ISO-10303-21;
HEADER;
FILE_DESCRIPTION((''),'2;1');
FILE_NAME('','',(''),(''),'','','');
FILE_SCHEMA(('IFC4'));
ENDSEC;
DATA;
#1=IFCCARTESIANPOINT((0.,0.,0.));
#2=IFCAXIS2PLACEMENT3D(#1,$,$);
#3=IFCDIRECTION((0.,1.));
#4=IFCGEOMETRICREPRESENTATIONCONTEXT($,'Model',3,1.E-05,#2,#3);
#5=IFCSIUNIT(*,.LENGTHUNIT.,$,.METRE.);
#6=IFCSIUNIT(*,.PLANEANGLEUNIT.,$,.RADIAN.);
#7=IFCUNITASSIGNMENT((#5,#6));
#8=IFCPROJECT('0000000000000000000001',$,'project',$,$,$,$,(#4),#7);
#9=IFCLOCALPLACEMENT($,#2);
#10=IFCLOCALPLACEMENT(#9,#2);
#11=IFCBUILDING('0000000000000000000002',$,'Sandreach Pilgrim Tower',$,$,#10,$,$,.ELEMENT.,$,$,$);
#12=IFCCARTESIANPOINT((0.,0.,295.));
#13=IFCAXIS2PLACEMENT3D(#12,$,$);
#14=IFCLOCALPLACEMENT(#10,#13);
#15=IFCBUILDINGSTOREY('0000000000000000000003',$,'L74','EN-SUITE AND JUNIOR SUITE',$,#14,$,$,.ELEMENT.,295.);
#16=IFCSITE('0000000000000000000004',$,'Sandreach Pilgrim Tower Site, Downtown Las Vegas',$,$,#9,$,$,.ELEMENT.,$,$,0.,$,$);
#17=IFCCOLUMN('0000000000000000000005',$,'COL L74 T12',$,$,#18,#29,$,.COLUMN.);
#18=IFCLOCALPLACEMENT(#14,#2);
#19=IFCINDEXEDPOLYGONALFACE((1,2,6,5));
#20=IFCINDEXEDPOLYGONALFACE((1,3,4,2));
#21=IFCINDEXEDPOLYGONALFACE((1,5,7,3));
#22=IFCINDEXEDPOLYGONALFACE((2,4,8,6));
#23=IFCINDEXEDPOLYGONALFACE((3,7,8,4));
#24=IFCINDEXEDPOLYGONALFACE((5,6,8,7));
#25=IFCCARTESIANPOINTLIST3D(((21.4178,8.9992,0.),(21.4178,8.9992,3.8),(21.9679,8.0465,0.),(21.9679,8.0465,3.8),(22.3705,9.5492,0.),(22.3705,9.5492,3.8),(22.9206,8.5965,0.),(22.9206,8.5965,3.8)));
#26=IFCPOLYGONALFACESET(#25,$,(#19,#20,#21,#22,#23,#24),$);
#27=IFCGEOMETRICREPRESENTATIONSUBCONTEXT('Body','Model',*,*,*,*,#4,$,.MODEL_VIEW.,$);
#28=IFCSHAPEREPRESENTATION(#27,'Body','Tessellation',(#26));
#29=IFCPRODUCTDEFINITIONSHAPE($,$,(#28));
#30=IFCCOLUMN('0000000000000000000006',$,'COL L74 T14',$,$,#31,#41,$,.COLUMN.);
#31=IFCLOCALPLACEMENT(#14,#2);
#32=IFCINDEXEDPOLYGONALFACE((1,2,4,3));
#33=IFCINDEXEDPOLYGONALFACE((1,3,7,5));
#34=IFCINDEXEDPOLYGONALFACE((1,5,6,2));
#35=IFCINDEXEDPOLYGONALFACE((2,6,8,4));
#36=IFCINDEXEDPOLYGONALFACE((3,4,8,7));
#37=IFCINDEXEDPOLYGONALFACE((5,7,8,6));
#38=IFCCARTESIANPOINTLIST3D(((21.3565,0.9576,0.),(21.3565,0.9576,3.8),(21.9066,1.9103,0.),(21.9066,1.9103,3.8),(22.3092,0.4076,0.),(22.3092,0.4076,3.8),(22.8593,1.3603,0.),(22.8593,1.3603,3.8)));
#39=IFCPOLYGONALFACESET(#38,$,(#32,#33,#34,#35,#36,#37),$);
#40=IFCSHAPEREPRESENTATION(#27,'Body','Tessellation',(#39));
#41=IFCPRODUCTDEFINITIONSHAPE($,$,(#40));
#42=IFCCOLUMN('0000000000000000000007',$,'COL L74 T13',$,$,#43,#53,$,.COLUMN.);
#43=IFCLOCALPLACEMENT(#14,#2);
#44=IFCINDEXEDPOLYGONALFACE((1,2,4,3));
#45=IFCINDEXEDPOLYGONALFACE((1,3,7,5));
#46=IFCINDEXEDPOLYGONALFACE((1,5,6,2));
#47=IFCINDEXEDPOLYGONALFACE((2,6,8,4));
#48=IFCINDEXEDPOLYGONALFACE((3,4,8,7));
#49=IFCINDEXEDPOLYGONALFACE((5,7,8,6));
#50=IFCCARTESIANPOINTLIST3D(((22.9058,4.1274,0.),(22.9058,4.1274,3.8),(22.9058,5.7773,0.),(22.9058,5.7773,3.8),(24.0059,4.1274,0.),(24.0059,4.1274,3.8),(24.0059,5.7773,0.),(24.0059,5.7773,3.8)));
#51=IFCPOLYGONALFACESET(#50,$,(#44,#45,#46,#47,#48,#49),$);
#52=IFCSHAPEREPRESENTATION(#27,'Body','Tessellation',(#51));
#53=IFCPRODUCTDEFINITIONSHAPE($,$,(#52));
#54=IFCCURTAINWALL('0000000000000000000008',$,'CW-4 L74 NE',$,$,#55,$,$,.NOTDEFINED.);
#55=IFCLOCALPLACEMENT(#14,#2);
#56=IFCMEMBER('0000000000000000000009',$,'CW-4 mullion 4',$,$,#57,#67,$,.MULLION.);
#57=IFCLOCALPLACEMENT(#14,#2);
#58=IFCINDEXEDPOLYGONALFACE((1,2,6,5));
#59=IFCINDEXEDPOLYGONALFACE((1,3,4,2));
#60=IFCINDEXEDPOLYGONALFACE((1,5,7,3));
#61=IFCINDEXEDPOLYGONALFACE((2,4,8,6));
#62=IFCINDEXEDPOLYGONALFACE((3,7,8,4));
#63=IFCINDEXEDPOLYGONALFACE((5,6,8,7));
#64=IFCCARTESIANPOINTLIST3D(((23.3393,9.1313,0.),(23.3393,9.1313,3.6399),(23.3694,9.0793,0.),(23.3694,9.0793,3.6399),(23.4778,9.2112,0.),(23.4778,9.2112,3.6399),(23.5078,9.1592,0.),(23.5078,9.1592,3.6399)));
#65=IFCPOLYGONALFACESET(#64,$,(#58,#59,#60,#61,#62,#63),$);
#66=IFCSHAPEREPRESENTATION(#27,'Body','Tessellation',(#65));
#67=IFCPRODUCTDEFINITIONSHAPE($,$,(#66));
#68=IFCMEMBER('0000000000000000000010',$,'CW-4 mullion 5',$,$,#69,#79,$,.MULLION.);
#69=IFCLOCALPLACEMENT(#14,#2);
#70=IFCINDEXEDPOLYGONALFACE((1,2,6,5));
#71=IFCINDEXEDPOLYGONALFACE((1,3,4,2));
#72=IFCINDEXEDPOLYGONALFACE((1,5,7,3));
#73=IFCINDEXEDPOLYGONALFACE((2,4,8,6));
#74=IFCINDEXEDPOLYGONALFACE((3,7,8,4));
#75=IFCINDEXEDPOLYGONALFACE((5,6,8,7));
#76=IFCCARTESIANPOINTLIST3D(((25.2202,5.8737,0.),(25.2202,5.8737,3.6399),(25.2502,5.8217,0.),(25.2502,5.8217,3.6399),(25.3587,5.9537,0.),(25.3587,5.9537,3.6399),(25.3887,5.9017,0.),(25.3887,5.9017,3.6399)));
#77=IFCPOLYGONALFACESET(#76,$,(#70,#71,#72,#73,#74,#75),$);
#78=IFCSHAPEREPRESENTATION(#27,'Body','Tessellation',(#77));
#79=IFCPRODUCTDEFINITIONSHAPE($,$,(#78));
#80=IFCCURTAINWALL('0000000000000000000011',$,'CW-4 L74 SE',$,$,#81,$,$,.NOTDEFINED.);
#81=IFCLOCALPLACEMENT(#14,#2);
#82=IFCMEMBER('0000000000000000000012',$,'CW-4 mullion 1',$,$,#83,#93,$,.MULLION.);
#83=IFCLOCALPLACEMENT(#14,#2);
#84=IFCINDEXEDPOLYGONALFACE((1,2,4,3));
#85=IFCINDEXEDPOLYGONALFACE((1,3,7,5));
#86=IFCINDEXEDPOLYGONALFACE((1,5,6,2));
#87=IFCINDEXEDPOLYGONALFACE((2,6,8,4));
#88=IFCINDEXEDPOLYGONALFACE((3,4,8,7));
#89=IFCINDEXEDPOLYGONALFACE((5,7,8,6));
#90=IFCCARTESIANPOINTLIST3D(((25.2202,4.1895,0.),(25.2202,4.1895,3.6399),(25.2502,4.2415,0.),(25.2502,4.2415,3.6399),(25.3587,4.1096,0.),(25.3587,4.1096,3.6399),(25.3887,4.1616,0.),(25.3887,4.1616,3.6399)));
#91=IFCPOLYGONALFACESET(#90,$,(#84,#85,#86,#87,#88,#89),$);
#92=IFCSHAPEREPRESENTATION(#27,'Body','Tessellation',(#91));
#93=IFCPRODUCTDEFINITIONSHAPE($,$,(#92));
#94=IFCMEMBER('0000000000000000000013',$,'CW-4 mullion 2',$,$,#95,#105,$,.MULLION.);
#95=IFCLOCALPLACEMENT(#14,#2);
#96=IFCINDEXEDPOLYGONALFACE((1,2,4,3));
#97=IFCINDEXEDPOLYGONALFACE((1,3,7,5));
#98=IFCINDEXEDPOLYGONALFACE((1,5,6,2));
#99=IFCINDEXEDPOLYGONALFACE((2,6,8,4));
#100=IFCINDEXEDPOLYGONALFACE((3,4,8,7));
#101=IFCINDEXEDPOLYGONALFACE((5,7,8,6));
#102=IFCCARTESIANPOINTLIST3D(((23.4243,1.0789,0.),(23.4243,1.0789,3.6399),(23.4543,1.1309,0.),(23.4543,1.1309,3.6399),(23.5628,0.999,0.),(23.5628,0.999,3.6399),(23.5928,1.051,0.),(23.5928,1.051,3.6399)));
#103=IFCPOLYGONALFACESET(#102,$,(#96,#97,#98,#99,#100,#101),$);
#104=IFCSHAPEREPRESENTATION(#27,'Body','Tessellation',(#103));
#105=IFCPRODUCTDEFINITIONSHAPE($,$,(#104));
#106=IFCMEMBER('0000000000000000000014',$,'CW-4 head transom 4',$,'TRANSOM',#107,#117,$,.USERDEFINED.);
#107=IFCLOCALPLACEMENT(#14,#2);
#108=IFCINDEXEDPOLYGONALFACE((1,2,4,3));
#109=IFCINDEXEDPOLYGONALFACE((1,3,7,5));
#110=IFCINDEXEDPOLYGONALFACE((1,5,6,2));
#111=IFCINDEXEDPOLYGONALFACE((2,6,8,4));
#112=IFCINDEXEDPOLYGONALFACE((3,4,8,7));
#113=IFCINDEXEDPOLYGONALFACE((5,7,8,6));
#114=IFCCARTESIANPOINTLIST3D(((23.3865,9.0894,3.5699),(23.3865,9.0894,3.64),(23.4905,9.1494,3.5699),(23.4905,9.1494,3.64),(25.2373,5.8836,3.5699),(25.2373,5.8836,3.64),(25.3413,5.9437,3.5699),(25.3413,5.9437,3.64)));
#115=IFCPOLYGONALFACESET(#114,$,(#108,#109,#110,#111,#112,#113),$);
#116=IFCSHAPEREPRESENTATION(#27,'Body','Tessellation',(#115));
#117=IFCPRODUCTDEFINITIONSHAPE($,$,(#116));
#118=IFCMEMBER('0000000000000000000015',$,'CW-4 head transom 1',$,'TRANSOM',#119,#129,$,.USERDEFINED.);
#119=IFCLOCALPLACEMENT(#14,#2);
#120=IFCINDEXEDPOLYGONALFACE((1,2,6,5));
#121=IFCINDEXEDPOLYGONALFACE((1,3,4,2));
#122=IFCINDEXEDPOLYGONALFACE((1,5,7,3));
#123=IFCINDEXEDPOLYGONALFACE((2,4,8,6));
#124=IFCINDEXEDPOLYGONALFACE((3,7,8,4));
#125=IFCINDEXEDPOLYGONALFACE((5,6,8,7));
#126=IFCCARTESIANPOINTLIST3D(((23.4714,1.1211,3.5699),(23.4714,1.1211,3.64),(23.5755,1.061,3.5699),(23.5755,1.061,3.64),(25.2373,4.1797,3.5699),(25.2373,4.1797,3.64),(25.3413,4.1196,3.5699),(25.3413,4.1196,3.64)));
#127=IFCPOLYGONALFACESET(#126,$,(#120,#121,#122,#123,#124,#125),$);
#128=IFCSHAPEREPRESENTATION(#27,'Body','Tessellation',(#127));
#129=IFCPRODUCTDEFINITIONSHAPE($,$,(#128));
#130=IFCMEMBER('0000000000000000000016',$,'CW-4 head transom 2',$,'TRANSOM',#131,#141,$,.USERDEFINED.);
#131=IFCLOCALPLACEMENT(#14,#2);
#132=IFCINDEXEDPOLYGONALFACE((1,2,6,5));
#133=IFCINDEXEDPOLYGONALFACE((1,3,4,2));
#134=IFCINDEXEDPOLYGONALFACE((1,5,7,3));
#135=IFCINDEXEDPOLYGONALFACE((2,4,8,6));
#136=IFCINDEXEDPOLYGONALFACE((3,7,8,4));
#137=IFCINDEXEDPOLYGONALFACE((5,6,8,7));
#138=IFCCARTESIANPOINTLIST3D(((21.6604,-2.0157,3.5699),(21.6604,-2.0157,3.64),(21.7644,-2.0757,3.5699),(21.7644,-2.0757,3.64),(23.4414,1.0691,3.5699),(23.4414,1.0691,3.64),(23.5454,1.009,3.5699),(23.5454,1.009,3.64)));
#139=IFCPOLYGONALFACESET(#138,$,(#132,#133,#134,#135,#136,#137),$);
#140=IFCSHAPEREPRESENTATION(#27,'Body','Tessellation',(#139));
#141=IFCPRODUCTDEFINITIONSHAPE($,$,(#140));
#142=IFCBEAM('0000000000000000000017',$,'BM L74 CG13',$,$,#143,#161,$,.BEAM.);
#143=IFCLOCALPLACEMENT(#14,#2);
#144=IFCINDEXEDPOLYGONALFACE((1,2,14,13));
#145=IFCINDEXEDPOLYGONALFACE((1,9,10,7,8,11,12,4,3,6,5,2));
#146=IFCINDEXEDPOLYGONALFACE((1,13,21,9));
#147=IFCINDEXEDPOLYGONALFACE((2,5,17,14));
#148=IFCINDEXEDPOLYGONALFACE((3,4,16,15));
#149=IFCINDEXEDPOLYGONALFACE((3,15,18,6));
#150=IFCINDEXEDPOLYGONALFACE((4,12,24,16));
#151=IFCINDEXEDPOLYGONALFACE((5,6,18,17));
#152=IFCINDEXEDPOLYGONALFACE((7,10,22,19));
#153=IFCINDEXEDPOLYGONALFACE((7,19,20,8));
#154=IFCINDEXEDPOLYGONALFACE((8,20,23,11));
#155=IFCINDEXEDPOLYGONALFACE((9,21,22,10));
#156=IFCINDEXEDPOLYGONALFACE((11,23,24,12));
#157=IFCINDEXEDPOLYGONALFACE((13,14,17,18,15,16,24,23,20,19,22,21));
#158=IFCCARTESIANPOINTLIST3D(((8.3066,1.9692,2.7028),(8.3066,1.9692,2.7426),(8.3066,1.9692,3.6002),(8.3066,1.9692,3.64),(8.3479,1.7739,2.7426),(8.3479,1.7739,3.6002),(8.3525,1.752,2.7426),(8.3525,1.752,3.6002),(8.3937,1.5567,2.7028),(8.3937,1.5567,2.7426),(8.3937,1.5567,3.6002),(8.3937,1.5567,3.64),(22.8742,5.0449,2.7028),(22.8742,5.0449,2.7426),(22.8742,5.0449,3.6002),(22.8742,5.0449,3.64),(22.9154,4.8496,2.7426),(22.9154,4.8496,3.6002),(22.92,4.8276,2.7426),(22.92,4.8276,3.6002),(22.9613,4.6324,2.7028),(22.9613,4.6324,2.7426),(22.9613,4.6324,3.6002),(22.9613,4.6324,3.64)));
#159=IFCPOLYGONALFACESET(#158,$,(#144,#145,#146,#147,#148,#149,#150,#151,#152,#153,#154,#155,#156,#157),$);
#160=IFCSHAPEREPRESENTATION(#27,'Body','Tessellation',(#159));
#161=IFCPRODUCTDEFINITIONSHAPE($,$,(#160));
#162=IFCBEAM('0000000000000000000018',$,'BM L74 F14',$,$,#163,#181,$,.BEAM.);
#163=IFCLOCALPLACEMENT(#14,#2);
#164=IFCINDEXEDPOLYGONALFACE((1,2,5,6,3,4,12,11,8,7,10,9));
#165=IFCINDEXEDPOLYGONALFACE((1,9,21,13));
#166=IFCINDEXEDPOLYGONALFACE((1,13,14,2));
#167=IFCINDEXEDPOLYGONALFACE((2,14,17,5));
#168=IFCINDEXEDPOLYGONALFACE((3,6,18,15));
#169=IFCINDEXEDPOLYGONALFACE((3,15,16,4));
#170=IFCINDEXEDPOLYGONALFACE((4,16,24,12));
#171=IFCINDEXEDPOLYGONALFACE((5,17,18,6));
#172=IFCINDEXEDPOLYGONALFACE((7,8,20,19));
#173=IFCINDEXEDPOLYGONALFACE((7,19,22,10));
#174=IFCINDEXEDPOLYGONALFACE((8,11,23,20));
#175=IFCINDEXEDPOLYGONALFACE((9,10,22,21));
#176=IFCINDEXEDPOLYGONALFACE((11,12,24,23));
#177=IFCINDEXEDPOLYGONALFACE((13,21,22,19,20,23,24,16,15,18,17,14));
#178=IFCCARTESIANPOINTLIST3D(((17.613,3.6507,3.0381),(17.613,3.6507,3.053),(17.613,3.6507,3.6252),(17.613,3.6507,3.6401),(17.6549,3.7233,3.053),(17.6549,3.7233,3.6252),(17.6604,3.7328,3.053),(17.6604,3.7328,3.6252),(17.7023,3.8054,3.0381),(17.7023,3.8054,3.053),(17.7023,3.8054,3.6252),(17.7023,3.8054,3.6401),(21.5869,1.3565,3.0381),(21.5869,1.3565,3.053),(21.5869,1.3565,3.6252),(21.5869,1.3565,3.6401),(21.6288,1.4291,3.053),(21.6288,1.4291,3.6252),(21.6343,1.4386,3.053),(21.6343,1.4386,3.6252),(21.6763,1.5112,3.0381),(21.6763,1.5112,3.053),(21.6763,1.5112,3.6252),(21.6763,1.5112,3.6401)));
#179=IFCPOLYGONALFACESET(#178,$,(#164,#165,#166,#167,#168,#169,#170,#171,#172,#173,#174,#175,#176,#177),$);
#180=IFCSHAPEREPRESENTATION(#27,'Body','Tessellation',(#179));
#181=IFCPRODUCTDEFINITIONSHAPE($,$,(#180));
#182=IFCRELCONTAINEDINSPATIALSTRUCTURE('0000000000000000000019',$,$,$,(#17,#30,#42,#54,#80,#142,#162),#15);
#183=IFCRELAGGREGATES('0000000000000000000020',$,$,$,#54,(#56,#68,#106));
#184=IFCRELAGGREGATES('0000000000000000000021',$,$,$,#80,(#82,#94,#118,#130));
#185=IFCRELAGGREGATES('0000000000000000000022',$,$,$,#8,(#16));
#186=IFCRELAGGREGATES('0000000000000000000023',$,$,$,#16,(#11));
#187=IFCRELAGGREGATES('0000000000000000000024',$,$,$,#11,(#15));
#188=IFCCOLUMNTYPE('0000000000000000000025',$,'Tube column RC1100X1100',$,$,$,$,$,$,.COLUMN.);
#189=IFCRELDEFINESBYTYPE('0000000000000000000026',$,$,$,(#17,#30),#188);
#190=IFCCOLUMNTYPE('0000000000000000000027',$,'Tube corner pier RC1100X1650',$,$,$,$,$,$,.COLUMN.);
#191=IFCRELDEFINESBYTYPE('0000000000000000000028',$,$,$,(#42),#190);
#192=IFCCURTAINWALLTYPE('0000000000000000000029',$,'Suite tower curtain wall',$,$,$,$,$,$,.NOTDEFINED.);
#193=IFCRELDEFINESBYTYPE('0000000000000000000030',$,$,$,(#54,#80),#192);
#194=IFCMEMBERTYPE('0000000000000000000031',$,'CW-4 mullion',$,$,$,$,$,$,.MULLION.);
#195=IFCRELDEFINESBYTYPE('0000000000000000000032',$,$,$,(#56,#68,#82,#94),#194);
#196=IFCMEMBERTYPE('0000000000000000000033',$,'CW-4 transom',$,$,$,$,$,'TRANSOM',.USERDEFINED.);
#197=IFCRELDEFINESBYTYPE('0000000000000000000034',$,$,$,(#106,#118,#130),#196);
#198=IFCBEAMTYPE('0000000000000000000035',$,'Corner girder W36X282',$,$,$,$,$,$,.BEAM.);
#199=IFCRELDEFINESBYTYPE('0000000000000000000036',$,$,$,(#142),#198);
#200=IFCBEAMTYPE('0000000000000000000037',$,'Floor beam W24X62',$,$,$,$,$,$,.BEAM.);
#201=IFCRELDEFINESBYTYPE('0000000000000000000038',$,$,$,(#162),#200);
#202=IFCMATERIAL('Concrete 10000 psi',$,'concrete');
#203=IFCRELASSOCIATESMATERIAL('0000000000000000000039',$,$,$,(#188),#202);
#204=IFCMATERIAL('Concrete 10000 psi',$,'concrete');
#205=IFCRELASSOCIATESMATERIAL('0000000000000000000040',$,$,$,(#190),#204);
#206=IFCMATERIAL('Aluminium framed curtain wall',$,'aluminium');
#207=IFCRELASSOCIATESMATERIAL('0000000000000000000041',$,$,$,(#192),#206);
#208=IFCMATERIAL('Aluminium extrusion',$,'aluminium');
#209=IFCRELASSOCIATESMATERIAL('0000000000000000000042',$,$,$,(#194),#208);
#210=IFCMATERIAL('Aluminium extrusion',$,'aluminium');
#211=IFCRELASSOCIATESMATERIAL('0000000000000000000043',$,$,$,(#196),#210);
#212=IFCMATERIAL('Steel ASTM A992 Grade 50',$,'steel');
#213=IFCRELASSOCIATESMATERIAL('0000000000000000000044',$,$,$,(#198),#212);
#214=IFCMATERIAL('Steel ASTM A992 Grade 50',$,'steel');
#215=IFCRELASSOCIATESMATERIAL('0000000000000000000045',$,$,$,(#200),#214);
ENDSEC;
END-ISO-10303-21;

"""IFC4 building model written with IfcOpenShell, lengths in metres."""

from ifc_helpers import new_model, si_unit, direction, frame, origin, origin_2d, place, context, subcontext, project, spatial, rectangle, i_section, extrude, material, material_profile, profile_set, type_object, element, aggregate, save


model = new_model("IFC4")

# Units and contexts
model_context = context("Model", 3, precision=1e-05, world=origin(), true_north=direction((0.0, 1.0)))
body_context = subcontext(model_context, "Body", "Model", "MODEL_VIEW")
ifc_project = project(units=[si_unit("LENGTHUNIT", "METRE"), si_unit("PLANEANGLEUNIT", "RADIAN")], contexts=[model_context])

# Site, building, storey
site_placement = place(None, origin())
site = spatial("IfcSite", under=ifc_project, at=site_placement, Name="Sandreach Pilgrim Tower Site, Downtown Las Vegas", CompositionType="ELEMENT", RefElevation=0.0)
building_placement = place(site_placement, origin())
building = spatial("IfcBuilding", under=site, at=building_placement, Name="Sandreach Pilgrim Tower", CompositionType="ELEMENT")
storey_placement = place(building_placement, frame((0.0, 0.0, 295.0)))
storey = spatial("IfcBuildingStorey", under=building, at=storey_placement, Name="L74", Description="EN-SUITE AND JUNIOR SUITE", CompositionType="ELEMENT", Elevation=295.0)

# Columns
ifc_material_1 = material(Name="Concrete 10000 psi", Category="concrete")
ifc_material_profile_1 = material_profile(ifc_material_1, rectangle(XDim=1.1001, YDim=1.1001, at=origin_2d()), Name="RC1100X1100")
ifc_profile_set_1 = profile_set([ifc_material_profile_1], Name="Concrete 10000 psi")
column_type_1 = type_object("IfcColumnType", Name="Tube column RC1100X1100", PredefinedType="COLUMN", material=ifc_profile_set_1)
for number, where, z_axis, x_axis, name in (
    (1, (22.1692, 8.7979, 0.0), (0.0, 0.0, 1.0), (0.866025, 0.5, 0.0), "COL L74 T12"),
    (2, (22.1079, 1.1589, 0.0), (0.0, 0.0, 1.0), (0.866025, -0.5, 0.0), "COL L74 T14"),
):
    element("IfcColumn", number, at=place(storey_placement, frame(where, z_axis=z_axis, x_axis=x_axis)), inside=storey, type_object=column_type_1, Name=name, PredefinedType="COLUMN", context=body_context, shape_type="SweptSolid", body=[
        extrude(rectangle(XDim=1.1001, YDim=1.1001, at=origin_2d()), origin(), (0.0, 0.0, 1.0), 3.8),
    ])
ifc_material_2 = material(Name="Concrete 10000 psi", Category="concrete")
ifc_material_profile_2 = material_profile(ifc_material_2, rectangle(XDim=1.1001, YDim=1.6499, at=origin_2d()), Name="RC1100X1650")
ifc_profile_set_2 = profile_set([ifc_material_profile_2], Name="Concrete 10000 psi")
column_type_2 = type_object("IfcColumnType", Name="Tube corner pier RC1100X1650", PredefinedType="COLUMN", material=ifc_profile_set_2)
column_placement = place(storey_placement, frame((23.4558, 4.9524, 0.0), z_axis=(0.0, 0.0, 1.0), x_axis=(1.0, 0.0, 0.0)))
element("IfcColumn", 3, at=column_placement, inside=storey, type_object=column_type_2, Name="COL L74 T13", PredefinedType="COLUMN", context=body_context, shape_type="SweptSolid", body=[
    extrude(rectangle(XDim=1.1001, YDim=1.6499, at=origin_2d()), origin(), (0.0, 0.0, 1.0), 3.8),
])

# Curtain walls, members
ifc_material_3 = material(Name="Aluminium framed curtain wall", Category="aluminium")
curtain_wall_type = type_object("IfcCurtainWallType", Name="Suite tower curtain wall", PredefinedType="NOTDEFINED", material=ifc_material_3)
curtain_wall_1_placement = place(storey_placement, origin())
curtain_wall_1 = element("IfcCurtainWall", 4, at=curtain_wall_1_placement, inside=storey, type_object=curtain_wall_type, Name="CW-4 L74 NE", PredefinedType="NOTDEFINED")
ifc_material_4 = material(Name="Aluminium extrusion", Category="aluminium")
ifc_material_profile_3 = material_profile(ifc_material_4, rectangle(XDim=0.0601, YDim=0.1599, at=origin_2d()), Name="CW-4M 60X160")
ifc_profile_set_3 = profile_set([ifc_material_profile_3], Name="Aluminium extrusion")
member_type_1 = type_object("IfcMemberType", Name="CW-4 mullion", PredefinedType="MULLION", material=ifc_profile_set_3)
member_1_placement = place(storey_placement, frame((23.4236, 9.1453, 0.0), z_axis=(0.0, 0.0, 1.0), x_axis=(0.5, -0.866025, 0.0)))
member_1 = element("IfcMember", 5, at=member_1_placement, type_object=member_type_1, Name="CW-4 mullion 4", PredefinedType="MULLION", context=body_context, shape_type="SweptSolid", body=[
    extrude(rectangle(XDim=0.0601, YDim=0.1599, at=origin_2d()), origin(), (0.0, 0.0, 1.0), 3.6399),
])
member_2_placement = place(storey_placement, frame((25.3044, 5.8877, 0.0), z_axis=(0.0, 0.0, 1.0), x_axis=(0.5, -0.866025, 0.0)))
member_2 = element("IfcMember", 6, at=member_2_placement, type_object=member_type_1, Name="CW-4 mullion 5", PredefinedType="MULLION", context=body_context, shape_type="SweptSolid", body=[
    extrude(rectangle(XDim=0.0601, YDim=0.1599, at=origin_2d()), origin(), (0.0, 0.0, 1.0), 3.6399),
])
curtain_wall_2_placement = place(storey_placement, origin())
curtain_wall_2 = element("IfcCurtainWall", 7, at=curtain_wall_2_placement, inside=storey, type_object=curtain_wall_type, Name="CW-4 L74 SE", PredefinedType="NOTDEFINED")
member_3_placement = place(storey_placement, frame((25.3044, 4.1755, 0.0), z_axis=(0.0, 0.0, 1.0), x_axis=(-0.5, -0.866025, 0.0)))
member_3 = element("IfcMember", 8, at=member_3_placement, type_object=member_type_1, Name="CW-4 mullion 1", PredefinedType="MULLION", context=body_context, shape_type="SweptSolid", body=[
    extrude(rectangle(XDim=0.0601, YDim=0.1599, at=origin_2d()), origin(), (0.0, 0.0, 1.0), 3.6399),
])
member_4_placement = place(storey_placement, frame((23.5085, 1.0649, 0.0), z_axis=(0.0, 0.0, 1.0), x_axis=(-0.5, -0.866025, 0.0)))
member_4 = element("IfcMember", 9, at=member_4_placement, type_object=member_type_1, Name="CW-4 mullion 2", PredefinedType="MULLION", context=body_context, shape_type="SweptSolid", body=[
    extrude(rectangle(XDim=0.0601, YDim=0.1599, at=origin_2d()), origin(), (0.0, 0.0, 1.0), 3.6399),
])

# Members
ifc_material_5 = material(Name="Aluminium extrusion", Category="aluminium")
ifc_material_profile_4 = material_profile(ifc_material_5, rectangle(XDim=0.1201, YDim=0.0701, at=origin_2d()), Name="CW-4T 120X70")
ifc_profile_set_4 = profile_set([ifc_material_profile_4], Name="Aluminium extrusion")
member_type_2 = type_object("IfcMemberType", Name="CW-4 transom", ElementType="TRANSOM", PredefinedType="USERDEFINED", material=ifc_profile_set_4)
member_5_placement = place(storey_placement, frame((23.4385, 9.1194, 3.605), z_axis=(0.499991, -0.866031, 0.0), x_axis=(0.866031, 0.499991, 0.0)))
member_5 = element("IfcMember", 10, at=member_5_placement, type_object=member_type_2, Name="CW-4 head transom 4", ObjectType="TRANSOM", PredefinedType="USERDEFINED", context=body_context, shape_type="SweptSolid", body=[
    extrude(rectangle(XDim=0.1201, YDim=0.0701, at=origin_2d()), origin(), (0.0, 0.0, 1.0), 3.7017),
])
member_6_placement = place(storey_placement, frame((25.2893, 4.1497, 3.605), z_axis=(-0.499998, -0.866027, 0.0), x_axis=(0.866027, -0.499998, 0.0)))
member_6 = element("IfcMember", 11, at=member_6_placement, type_object=member_type_2, Name="CW-4 head transom 1", ObjectType="TRANSOM", PredefinedType="USERDEFINED", context=body_context, shape_type="SweptSolid", body=[
    extrude(rectangle(XDim=0.1201, YDim=0.0701, at=origin_2d()), origin(), (0.0, 0.0, 1.0), 3.5317),
])
member_7_placement = place(storey_placement, frame((23.4934, 1.0391, 3.605), z_axis=(-0.500009, -0.86602, 0.0), x_axis=(0.86602, -0.500009, 0.0)))
member_7 = element("IfcMember", 12, at=member_7_placement, type_object=member_type_2, Name="CW-4 head transom 2", ObjectType="TRANSOM", PredefinedType="USERDEFINED", context=body_context, shape_type="SweptSolid", body=[
    extrude(rectangle(XDim=0.1201, YDim=0.0701, at=origin_2d()), origin(), (0.0, 0.0, 1.0), 3.562),
])

# Beams
ifc_material_6 = material(Name="Steel ASTM A992 Grade 50", Category="steel")
ifc_material_profile_5 = material_profile(ifc_material_6, i_section(OverallWidth=0.4216, OverallDepth=0.9373, WebThickness=0.0225, FlangeThickness=0.0398, at=origin_2d()), Name="W36X282")
ifc_profile_set_5 = profile_set([ifc_material_profile_5], Name="Steel ASTM A992 Grade 50")
beam_type_1 = type_object("IfcBeamType", Name="Corner girder W36X282", PredefinedType="BEAM", material=ifc_profile_set_5)
beam_1_placement = place(storey_placement, frame((22.9177, 4.8386, 3.1714), z_axis=(-0.97843, -0.206577, 0.0), x_axis=(0.206577, -0.97843, 0.0)))
element("IfcBeam", 13, at=beam_1_placement, inside=storey, type_object=beam_type_1, Name="BM L74 CG13", PredefinedType="BEAM", context=body_context, shape_type="SweptSolid", body=[
    extrude(i_section(OverallWidth=0.4216, OverallDepth=0.9373, WebThickness=0.0225, FlangeThickness=0.0398, at=origin_2d()), origin(), (0.0, 0.0, 1.0), 14.8887),
])
ifc_material_7 = material(Name="Steel ASTM A992 Grade 50", Category="steel")
ifc_material_profile_6 = material_profile(ifc_material_7, i_section(OverallWidth=0.1787, OverallDepth=0.6021, WebThickness=0.011, FlangeThickness=0.0149, at=origin_2d()), Name="W24X62")
ifc_profile_set_6 = profile_set([ifc_material_profile_6], Name="Steel ASTM A992 Grade 50")
beam_type_2 = type_object("IfcBeamType", Name="Floor beam W24X62", PredefinedType="BEAM", material=ifc_profile_set_6)
beam_2_placement = place(storey_placement, frame((21.6316, 1.4338, 3.3391), z_axis=(-0.866038, 0.499979, 0.0), x_axis=(-0.499979, -0.866038, 0.0)))
element("IfcBeam", 14, at=beam_2_placement, inside=storey, type_object=beam_type_2, Name="BM L74 F14", PredefinedType="BEAM", context=body_context, shape_type="SweptSolid", body=[
    extrude(i_section(OverallWidth=0.1787, OverallDepth=0.6021, WebThickness=0.011, FlangeThickness=0.0149, at=origin_2d()), origin(), (0.0, 0.0, 1.0), 4.5886),
])

aggregate(curtain_wall_1, [member_1, member_2, member_5])
aggregate(curtain_wall_2, [member_3, member_4, member_6, member_7])

save(model, "model.ifc")
